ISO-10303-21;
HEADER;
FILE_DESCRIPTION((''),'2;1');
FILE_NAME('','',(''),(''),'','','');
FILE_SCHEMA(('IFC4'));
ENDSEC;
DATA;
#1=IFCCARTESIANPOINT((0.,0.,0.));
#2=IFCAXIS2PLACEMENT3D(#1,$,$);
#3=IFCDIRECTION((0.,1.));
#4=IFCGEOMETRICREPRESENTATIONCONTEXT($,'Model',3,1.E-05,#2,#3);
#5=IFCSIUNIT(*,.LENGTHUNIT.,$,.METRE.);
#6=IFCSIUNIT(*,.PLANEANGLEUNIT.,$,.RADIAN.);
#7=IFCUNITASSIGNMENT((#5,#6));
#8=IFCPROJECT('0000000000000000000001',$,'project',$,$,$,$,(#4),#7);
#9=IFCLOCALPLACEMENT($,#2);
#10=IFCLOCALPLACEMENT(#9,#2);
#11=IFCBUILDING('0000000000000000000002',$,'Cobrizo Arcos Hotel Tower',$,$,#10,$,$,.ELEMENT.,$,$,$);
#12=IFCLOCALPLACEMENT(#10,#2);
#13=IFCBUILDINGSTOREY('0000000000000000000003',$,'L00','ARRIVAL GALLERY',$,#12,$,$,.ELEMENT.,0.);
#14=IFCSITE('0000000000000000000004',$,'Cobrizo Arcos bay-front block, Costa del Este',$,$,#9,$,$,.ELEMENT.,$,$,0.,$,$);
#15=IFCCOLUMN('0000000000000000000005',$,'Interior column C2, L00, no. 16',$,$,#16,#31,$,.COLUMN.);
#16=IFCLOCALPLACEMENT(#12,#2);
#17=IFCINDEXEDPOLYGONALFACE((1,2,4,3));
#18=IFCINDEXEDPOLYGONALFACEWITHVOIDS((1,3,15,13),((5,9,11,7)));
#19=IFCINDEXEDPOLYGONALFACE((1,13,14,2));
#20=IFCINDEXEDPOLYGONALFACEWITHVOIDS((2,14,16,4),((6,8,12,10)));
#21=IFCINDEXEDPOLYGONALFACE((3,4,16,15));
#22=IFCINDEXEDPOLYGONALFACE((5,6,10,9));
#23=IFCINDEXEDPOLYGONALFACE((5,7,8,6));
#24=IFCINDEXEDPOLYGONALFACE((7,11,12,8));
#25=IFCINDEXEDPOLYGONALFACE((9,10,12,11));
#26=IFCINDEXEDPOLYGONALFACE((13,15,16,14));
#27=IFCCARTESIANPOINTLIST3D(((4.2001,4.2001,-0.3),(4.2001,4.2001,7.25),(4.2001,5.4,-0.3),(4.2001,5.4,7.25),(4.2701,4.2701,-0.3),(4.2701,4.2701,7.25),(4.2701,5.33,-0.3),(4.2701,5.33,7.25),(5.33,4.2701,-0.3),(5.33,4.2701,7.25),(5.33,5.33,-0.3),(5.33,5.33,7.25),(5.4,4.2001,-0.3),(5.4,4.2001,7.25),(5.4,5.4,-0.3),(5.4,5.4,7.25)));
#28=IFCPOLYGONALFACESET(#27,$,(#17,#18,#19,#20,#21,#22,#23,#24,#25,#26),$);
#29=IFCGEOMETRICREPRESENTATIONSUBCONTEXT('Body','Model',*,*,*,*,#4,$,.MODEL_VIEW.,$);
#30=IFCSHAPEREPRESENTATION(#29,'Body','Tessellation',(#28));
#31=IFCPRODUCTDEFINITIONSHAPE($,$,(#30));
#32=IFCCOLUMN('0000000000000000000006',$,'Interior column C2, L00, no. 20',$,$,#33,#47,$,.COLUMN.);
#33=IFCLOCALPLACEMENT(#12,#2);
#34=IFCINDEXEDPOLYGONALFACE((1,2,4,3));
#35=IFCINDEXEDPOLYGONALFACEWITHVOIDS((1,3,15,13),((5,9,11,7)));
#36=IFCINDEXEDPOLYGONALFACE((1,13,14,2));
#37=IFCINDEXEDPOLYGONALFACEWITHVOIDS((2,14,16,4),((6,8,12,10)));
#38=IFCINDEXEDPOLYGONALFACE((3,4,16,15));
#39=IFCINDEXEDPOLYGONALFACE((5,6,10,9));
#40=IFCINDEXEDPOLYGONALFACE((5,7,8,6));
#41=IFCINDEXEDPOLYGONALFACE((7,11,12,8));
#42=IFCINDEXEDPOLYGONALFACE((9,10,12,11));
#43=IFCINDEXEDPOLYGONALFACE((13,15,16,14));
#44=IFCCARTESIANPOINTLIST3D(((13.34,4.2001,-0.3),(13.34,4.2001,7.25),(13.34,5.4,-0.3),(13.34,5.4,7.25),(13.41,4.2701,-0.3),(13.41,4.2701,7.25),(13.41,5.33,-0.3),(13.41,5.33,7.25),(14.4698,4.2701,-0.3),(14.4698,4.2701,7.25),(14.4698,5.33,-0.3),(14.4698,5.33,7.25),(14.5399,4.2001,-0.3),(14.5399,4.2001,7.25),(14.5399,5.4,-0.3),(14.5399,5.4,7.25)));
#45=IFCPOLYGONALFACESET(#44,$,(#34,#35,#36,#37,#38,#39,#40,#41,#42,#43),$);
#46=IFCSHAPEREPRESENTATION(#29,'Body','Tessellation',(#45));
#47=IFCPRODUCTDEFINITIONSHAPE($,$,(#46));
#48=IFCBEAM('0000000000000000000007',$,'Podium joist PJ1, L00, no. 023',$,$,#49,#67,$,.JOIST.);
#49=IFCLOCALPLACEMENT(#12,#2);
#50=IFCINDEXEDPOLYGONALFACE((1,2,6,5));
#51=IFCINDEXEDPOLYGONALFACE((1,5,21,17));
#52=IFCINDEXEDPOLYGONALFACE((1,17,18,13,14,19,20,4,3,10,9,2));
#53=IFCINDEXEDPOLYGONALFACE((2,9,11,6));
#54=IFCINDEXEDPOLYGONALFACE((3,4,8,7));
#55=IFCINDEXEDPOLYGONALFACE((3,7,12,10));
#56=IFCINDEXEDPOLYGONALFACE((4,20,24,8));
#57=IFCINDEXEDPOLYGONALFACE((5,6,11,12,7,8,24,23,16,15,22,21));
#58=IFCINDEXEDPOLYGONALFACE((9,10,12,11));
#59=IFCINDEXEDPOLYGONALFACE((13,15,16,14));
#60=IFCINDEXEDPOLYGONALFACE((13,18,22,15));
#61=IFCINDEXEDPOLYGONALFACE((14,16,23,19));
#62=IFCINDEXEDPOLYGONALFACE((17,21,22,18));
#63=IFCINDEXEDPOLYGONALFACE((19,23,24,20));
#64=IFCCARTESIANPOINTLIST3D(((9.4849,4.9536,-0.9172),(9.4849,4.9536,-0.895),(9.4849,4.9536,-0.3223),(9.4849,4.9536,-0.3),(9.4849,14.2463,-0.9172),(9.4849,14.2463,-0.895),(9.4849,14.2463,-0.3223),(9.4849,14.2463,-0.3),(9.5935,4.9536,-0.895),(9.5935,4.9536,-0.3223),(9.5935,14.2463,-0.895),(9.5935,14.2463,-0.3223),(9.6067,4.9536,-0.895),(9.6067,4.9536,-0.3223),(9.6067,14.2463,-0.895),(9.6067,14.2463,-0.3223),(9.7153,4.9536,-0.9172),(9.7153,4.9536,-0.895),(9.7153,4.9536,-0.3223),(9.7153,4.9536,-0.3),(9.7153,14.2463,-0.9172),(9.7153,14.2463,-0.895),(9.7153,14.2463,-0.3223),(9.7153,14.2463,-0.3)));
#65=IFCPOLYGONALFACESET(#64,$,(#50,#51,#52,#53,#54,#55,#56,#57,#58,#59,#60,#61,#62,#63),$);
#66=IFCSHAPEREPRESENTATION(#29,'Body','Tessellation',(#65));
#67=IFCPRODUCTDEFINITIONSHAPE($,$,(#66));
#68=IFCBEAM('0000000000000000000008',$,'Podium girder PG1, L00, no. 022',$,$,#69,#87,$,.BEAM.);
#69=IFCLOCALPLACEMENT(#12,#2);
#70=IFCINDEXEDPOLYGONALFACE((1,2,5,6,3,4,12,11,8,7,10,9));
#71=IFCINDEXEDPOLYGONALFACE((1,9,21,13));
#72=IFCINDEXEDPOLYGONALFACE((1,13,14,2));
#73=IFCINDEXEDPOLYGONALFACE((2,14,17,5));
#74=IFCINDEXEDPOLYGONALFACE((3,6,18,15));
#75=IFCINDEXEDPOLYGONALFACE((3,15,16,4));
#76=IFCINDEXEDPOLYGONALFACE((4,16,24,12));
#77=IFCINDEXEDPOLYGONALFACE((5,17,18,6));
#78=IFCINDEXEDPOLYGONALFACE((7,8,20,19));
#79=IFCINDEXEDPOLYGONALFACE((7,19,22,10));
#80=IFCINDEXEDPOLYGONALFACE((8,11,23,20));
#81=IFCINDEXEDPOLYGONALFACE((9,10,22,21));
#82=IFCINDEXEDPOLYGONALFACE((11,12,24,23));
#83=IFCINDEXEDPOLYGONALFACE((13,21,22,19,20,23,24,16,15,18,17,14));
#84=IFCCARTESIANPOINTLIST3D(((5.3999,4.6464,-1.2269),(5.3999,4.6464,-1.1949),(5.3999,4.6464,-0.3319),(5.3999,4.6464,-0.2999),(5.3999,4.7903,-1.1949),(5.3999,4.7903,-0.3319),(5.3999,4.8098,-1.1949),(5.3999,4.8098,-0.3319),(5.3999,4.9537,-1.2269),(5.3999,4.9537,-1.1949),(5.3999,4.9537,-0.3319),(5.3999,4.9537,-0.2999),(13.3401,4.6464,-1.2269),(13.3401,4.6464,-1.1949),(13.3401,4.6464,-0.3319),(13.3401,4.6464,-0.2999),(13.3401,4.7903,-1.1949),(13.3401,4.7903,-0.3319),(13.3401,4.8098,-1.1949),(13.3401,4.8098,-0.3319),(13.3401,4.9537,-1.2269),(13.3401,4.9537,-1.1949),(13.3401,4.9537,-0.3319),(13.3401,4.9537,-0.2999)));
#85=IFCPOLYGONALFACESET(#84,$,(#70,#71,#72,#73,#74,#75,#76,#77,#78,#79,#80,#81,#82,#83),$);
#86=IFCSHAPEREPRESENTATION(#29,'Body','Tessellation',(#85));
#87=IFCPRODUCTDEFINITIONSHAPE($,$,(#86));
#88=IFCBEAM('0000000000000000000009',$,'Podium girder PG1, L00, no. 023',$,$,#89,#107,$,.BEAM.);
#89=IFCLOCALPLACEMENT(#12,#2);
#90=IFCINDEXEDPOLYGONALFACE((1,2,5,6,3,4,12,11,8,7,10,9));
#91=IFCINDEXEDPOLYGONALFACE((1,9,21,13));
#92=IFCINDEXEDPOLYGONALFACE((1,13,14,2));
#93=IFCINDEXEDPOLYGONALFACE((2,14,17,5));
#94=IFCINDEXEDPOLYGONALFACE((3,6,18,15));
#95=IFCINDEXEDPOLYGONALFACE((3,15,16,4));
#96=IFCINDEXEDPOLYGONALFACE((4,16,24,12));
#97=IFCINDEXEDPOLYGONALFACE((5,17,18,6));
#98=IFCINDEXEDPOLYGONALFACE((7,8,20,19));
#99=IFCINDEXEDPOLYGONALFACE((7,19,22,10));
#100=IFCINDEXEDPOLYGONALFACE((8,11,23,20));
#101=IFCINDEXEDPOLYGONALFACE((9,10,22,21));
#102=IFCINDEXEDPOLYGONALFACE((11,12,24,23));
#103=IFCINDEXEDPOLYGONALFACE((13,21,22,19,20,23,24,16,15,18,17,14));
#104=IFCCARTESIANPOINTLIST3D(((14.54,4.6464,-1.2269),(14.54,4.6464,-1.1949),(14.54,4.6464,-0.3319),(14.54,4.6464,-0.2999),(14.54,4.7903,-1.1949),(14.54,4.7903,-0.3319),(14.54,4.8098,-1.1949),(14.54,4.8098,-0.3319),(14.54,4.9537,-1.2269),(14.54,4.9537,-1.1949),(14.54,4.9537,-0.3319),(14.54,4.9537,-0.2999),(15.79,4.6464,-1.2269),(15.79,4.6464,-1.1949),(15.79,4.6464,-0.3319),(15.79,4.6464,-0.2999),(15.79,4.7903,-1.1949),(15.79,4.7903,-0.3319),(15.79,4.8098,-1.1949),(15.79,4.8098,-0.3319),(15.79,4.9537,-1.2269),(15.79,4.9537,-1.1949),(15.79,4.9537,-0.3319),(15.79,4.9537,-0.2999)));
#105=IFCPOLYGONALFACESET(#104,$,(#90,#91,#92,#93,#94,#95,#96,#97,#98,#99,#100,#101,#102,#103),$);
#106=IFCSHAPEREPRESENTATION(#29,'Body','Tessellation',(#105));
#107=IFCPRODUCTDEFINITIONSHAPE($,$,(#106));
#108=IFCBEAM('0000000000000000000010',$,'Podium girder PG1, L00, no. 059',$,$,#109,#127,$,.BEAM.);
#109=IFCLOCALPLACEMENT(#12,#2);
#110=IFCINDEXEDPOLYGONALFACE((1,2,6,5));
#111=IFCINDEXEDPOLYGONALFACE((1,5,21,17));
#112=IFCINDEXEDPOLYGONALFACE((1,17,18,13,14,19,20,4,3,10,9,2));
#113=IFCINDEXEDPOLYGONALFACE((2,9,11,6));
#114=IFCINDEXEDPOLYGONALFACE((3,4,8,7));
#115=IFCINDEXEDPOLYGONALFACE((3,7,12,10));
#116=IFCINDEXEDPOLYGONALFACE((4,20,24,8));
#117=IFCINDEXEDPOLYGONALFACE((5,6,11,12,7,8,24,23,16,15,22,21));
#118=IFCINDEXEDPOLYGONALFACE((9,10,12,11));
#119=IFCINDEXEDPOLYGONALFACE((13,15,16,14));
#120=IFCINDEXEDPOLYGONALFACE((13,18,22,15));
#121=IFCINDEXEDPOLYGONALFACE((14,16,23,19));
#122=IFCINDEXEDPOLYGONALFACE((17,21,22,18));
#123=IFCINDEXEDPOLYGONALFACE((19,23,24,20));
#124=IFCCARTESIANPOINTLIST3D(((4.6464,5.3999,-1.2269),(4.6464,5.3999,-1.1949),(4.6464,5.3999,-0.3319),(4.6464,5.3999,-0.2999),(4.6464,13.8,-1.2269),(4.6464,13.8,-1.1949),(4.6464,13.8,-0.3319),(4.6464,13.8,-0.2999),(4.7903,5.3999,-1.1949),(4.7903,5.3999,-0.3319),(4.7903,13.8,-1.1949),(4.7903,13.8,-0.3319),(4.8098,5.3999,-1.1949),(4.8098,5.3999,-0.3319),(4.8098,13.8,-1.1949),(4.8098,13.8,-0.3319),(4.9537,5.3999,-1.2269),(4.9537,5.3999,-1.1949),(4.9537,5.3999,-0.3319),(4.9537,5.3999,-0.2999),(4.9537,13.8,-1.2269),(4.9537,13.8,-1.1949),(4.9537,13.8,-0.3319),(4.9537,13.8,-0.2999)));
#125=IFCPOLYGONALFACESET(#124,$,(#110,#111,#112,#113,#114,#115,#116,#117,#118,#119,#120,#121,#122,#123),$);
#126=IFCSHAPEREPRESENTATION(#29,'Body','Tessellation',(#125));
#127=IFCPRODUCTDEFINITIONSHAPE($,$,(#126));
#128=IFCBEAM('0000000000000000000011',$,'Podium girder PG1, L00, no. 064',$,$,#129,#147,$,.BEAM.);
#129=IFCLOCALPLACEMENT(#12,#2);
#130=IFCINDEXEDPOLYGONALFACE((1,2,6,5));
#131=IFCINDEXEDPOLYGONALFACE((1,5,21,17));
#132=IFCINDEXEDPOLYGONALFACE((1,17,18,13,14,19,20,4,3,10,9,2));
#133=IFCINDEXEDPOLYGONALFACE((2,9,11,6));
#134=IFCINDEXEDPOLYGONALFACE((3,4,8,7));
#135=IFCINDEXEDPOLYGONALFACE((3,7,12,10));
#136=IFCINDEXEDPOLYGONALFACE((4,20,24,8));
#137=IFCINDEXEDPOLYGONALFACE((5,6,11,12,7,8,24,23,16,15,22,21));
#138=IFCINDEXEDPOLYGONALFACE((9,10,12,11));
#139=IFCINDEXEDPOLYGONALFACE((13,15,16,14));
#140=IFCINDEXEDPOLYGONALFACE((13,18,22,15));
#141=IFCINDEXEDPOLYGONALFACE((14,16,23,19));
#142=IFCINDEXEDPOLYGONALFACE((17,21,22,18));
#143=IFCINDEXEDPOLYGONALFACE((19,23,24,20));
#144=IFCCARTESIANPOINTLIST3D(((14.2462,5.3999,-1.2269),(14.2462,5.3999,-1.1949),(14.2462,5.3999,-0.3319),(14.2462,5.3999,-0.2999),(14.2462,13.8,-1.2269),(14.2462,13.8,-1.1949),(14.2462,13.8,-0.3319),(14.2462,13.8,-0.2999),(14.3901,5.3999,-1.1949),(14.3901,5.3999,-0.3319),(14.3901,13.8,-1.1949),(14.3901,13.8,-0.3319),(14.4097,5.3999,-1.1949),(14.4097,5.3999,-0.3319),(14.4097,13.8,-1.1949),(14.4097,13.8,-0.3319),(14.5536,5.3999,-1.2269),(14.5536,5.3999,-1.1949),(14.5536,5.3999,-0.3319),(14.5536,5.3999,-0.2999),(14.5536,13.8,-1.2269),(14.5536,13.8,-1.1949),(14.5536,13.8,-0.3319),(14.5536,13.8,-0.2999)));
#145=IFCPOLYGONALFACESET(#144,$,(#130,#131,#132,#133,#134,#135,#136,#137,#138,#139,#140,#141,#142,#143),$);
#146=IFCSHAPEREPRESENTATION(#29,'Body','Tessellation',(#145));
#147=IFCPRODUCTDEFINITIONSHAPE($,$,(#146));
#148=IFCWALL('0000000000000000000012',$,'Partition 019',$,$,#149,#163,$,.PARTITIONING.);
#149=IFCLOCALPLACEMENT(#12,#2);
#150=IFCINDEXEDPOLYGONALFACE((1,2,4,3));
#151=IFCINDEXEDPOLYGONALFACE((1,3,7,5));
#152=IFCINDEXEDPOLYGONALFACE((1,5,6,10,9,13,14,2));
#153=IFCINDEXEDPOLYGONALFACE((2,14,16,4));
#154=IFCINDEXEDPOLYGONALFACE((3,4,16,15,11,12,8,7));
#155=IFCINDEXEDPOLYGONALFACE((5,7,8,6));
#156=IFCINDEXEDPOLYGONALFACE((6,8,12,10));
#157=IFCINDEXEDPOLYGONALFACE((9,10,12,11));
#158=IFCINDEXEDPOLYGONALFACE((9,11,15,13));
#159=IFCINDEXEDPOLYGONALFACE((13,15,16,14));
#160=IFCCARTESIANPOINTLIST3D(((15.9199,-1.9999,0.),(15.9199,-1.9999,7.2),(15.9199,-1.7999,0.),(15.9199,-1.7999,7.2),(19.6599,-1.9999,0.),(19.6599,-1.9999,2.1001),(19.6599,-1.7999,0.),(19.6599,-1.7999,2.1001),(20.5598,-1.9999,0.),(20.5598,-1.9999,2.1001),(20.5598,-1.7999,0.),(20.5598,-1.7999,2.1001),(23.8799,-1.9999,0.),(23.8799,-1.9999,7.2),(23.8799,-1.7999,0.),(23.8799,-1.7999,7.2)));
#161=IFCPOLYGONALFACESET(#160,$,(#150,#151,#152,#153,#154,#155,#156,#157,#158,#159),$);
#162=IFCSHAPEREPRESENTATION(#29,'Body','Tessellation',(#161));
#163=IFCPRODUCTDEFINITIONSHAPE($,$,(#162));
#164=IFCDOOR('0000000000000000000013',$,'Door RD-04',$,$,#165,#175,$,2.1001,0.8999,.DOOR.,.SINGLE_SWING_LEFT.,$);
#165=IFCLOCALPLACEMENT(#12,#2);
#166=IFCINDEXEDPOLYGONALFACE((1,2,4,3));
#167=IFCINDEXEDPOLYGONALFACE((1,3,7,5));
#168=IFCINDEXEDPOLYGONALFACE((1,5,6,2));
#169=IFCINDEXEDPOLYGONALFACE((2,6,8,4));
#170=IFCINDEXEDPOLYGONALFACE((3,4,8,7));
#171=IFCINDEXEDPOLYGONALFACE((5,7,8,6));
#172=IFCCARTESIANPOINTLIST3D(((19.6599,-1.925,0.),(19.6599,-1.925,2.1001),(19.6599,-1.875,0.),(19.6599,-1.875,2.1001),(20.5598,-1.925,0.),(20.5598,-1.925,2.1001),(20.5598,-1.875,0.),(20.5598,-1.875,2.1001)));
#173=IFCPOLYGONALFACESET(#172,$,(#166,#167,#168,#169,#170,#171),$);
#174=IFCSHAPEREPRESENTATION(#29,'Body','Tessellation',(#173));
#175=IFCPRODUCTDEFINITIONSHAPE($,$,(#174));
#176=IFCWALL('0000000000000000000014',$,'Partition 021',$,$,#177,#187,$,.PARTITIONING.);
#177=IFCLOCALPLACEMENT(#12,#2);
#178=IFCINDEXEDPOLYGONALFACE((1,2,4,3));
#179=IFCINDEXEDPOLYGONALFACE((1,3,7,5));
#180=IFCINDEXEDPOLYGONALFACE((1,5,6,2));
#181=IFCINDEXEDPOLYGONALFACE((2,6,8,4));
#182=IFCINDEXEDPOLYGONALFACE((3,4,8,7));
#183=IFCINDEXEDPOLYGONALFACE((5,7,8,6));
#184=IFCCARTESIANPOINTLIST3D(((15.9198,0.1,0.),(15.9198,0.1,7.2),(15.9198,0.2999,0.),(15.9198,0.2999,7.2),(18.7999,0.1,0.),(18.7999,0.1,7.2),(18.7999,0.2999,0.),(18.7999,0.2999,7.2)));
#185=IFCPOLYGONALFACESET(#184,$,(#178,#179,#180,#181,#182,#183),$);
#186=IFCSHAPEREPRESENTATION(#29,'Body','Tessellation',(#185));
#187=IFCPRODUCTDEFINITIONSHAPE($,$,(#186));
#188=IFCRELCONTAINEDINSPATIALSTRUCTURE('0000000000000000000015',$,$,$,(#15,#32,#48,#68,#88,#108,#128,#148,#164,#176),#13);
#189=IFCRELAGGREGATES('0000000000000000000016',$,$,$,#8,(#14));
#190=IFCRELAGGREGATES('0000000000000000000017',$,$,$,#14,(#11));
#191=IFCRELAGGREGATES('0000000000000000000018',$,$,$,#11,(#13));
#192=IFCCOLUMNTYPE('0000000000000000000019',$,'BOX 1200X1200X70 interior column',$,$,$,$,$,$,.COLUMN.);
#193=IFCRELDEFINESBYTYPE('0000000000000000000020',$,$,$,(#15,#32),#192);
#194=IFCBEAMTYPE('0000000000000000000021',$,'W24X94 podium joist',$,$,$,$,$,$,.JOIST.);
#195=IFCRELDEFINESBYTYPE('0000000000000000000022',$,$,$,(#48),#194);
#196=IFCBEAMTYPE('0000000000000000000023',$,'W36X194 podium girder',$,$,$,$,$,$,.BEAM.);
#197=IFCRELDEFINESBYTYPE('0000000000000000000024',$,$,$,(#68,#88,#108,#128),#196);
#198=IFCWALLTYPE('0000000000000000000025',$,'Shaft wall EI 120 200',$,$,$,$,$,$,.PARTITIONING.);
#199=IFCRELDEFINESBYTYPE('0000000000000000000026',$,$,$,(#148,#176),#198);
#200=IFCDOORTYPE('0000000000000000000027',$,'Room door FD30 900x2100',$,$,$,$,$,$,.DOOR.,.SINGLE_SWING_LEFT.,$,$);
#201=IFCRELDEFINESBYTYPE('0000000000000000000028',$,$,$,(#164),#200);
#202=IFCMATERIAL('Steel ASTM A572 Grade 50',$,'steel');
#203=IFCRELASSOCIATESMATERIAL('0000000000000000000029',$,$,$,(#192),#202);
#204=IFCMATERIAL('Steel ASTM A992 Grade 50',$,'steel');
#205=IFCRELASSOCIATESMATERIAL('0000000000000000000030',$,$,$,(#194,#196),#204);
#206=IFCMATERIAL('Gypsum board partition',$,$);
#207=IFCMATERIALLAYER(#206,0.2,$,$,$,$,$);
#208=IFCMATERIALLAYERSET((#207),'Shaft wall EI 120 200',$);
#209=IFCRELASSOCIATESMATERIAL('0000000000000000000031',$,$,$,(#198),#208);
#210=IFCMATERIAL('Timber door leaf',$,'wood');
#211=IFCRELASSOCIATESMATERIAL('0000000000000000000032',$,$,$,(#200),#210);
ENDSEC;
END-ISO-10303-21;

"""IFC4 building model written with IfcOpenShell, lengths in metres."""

from ifc_helpers import new_model, si_unit, direction, frame, frame_2d, origin, origin_2d, place, context, subcontext, project, spatial, rectangle, hollow_rectangle, i_section, extrude, material, layer, layer_set, material_profile, profile_set, type_object, element, fill, save


model = new_model("IFC4")

# Units and contexts
model_context = context("Model", 3, precision=1e-05, world=origin(), true_north=direction((0.0, 1.0)))
body_context = subcontext(model_context, "Body", "Model", "MODEL_VIEW")
ifc_project = project(units=[si_unit("LENGTHUNIT", "METRE"), si_unit("PLANEANGLEUNIT", "RADIAN")], contexts=[model_context])

# Site, building, storey
site_placement = place(None, origin())
site = spatial("IfcSite", under=ifc_project, at=site_placement, Name="Cobrizo Arcos bay-front block, Costa del Este", CompositionType="ELEMENT", RefElevation=0.0)
building_placement = place(site_placement, origin())
building = spatial("IfcBuilding", under=site, at=building_placement, Name="Cobrizo Arcos Hotel Tower", CompositionType="ELEMENT")
storey_placement = place(building_placement, origin())
storey = spatial("IfcBuildingStorey", under=building, at=storey_placement, Name="L00", Description="ARRIVAL GALLERY", CompositionType="ELEMENT", Elevation=0.0)

# Columns
ifc_material_1 = material(Name="Steel ASTM A572 Grade 50", Category="steel")
ifc_material_profile_1 = material_profile(ifc_material_1, hollow_rectangle(XDim=1.2, YDim=1.2, WallThickness=0.0701, at=origin_2d()), Name="BOX 1200X1200X70")
ifc_profile_set_1 = profile_set([ifc_material_profile_1], Name="Steel ASTM A572 Grade 50")
column_type = type_object("IfcColumnType", Name="BOX 1200X1200X70 interior column", PredefinedType="COLUMN", material=ifc_profile_set_1)
for number, where, z_axis, x_axis, name in (
    (1, (4.8, 4.8, -0.3), (0.0, 0.0, 1.0), (1.0, 0.0, 0.0), "Interior column C2, L00, no. 16"),
    (2, (13.9399, 4.8, -0.3), (0.0, 0.0, 1.0), (1.0, 0.0, 0.0), "Interior column C2, L00, no. 20"),
):
    element("IfcColumn", number, at=place(storey_placement, frame(where, z_axis=z_axis, x_axis=x_axis)), inside=storey, type_object=column_type, Name=name, PredefinedType="COLUMN", context=body_context, shape_type="SweptSolid", body=[
        extrude(hollow_rectangle(XDim=1.2, YDim=1.2, WallThickness=0.0701, at=origin_2d()), origin(), (0.0, 0.0, 1.0), 7.55),
    ])

# Beams
ifc_material_2 = material(Name="Steel ASTM A992 Grade 50", Category="steel")
ifc_material_profile_2 = material_profile(ifc_material_2, i_section(OverallWidth=0.2305, OverallDepth=0.6172, WebThickness=0.0132, FlangeThickness=0.0222, at=origin_2d()), Name="W24X94")
ifc_profile_set_2 = profile_set([ifc_material_profile_2], Name="Steel ASTM A992 Grade 50")
beam_type_1 = type_object("IfcBeamType", Name="W24X94 podium joist", PredefinedType="JOIST", material=ifc_profile_set_2)
beam_1_placement = place(storey_placement, frame((9.6001, 4.9536, -0.6086), z_axis=(0.0, 1.0, 0.0), x_axis=(-1.0, 0.0, 0.0)))
element("IfcBeam", 3, at=beam_1_placement, inside=storey, type_object=beam_type_1, Name="Podium joist PJ1, L00, no. 023", PredefinedType="JOIST", context=body_context, shape_type="SweptSolid", body=[
    extrude(i_section(OverallWidth=0.2305, OverallDepth=0.6172, WebThickness=0.0132, FlangeThickness=0.0222, at=origin_2d()), origin(), (0.0, 0.0, 1.0), 9.2927),
])
ifc_material_profile_3 = material_profile(ifc_material_2, i_section(OverallWidth=0.3074, OverallDepth=0.927, WebThickness=0.0195, FlangeThickness=0.032, at=origin_2d()), Name="W36X194")
ifc_profile_set_3 = profile_set([ifc_material_profile_3], Name="Steel ASTM A992 Grade 50")
beam_type_2 = type_object("IfcBeamType", Name="W36X194 podium girder", PredefinedType="BEAM", material=ifc_profile_set_3)
beam_2_placement = place(storey_placement, frame((5.3999, 4.8, -0.7634), z_axis=(1.0, 0.0, 0.0), x_axis=(0.0, 1.0, 0.0)))
element("IfcBeam", 4, at=beam_2_placement, inside=storey, type_object=beam_type_2, Name="Podium girder PG1, L00, no. 022", PredefinedType="BEAM", context=body_context, shape_type="SweptSolid", body=[
    extrude(i_section(OverallWidth=0.3074, OverallDepth=0.927, WebThickness=0.0195, FlangeThickness=0.032, at=origin_2d()), origin(), (0.0, 0.0, 1.0), 7.9402),
])
beam_3_placement = place(storey_placement, frame((14.54, 4.8, -0.7634), z_axis=(1.0, 0.0, 0.0), x_axis=(0.0, 1.0, 0.0)))
element("IfcBeam", 5, at=beam_3_placement, inside=storey, type_object=beam_type_2, Name="Podium girder PG1, L00, no. 023", PredefinedType="BEAM", context=body_context, shape_type="SweptSolid", body=[
    extrude(i_section(OverallWidth=0.3074, OverallDepth=0.927, WebThickness=0.0195, FlangeThickness=0.032, at=origin_2d()), origin(), (0.0, 0.0, 1.0), 1.25),
])
for number, where, z_axis, x_axis, name in (
    (6, (4.8, 5.3999, -0.7634), (0.0, 1.0, 0.0), (-1.0, 0.0, 0.0), "Podium girder PG1, L00, no. 059"),
    (7, (14.3999, 5.3999, -0.7634), (0.0, 1.0, 0.0), (-1.0, 0.0, 0.0), "Podium girder PG1, L00, no. 064"),
):
    element("IfcBeam", number, at=place(storey_placement, frame(where, z_axis=z_axis, x_axis=x_axis)), inside=storey, type_object=beam_type_2, Name=name, PredefinedType="BEAM", context=body_context, shape_type="SweptSolid", body=[
        extrude(i_section(OverallWidth=0.3074, OverallDepth=0.927, WebThickness=0.0195, FlangeThickness=0.032, at=origin_2d()), origin(), (0.0, 0.0, 1.0), 8.4001),
    ])

# Wall, opening, door
ifc_material_3 = material(Name="Gypsum board partition")
ifc_layer = layer(ifc_material_3, 0.2)
ifc_layer_set = layer_set([ifc_layer], Name="Shaft wall EI 120 200")
wall_type = type_object("IfcWallType", Name="Shaft wall EI 120 200", PredefinedType="PARTITIONING", material=ifc_layer_set)
wall_1_placement = place(storey_placement, frame((15.9199, -1.8999, 0.0), z_axis=(0.0, 0.0, 1.0), x_axis=(1.0, 0.0, 0.0)))
wall_1 = element("IfcWall", 8, at=wall_1_placement, inside=storey, type_object=wall_type, Name="Partition 019", PredefinedType="PARTITIONING", context=body_context, shape_type="SweptSolid", body=[
    extrude(rectangle(XDim=7.96, YDim=0.2, at=frame_2d((3.98, 0.0))), origin(), (0.0, 0.0, 1.0), 7.2),
])
opening_1_placement = place(wall_1_placement, frame((3.74, 0.0, 0.0)))
opening_1 = element("IfcOpeningElement", 9, at=opening_1_placement, cuts=wall_1, PredefinedType="OPENING", context=body_context, shape_type="SweptSolid", body=[
    extrude(rectangle(XDim=0.8999, YDim=2.1001, at=frame_2d((0.45, 1.05))), frame((0.0, 0.1121, 0.0), z_axis=(0.0, -1.0, 0.0), x_axis=(1.0, 0.0, 0.0)), (0.0, 0.0, 1.0), 0.2239),
])
ifc_material_4 = material(Name="Timber door leaf", Category="wood")
door_type_1 = type_object("IfcDoorType", Name="Room door FD30 900x2100", OperationType="SINGLE_SWING_LEFT", PredefinedType="DOOR", material=ifc_material_4)
door_1_placement = place(opening_1_placement, origin())
door_1 = element("IfcDoor", 10, at=door_1_placement, inside=storey, type_object=door_type_1, Name="Door RD-04", OperationType="SINGLE_SWING_LEFT", OverallHeight=2.1001, OverallWidth=0.8999, PredefinedType="DOOR", context=body_context, shape_type="SweptSolid", body=[
    extrude(rectangle(XDim=0.8999, YDim=2.1001, at=frame_2d((0.45, 1.05))), frame((0.0, 0.0249, 0.0), z_axis=(0.0, -1.0, 0.0), x_axis=(1.0, 0.0, 0.0)), (0.0, 0.0, 1.0), 0.05),
])
fill(opening_1, door_1)

# Wall
wall_2_placement = place(storey_placement, frame((15.9199, 0.2, 0.0), z_axis=(0.0, 0.0, 1.0), x_axis=(1.0, 0.0, 0.0)))
element("IfcWall", 11, at=wall_2_placement, inside=storey, type_object=wall_type, Name="Partition 021", PredefinedType="PARTITIONING", context=body_context, shape_type="SweptSolid", body=[
    extrude(rectangle(XDim=2.8801, YDim=0.2, at=frame_2d((1.4399, 0.0))), origin(), (0.0, 0.0, 1.0), 7.2),
])

save(model, "model.ifc")
